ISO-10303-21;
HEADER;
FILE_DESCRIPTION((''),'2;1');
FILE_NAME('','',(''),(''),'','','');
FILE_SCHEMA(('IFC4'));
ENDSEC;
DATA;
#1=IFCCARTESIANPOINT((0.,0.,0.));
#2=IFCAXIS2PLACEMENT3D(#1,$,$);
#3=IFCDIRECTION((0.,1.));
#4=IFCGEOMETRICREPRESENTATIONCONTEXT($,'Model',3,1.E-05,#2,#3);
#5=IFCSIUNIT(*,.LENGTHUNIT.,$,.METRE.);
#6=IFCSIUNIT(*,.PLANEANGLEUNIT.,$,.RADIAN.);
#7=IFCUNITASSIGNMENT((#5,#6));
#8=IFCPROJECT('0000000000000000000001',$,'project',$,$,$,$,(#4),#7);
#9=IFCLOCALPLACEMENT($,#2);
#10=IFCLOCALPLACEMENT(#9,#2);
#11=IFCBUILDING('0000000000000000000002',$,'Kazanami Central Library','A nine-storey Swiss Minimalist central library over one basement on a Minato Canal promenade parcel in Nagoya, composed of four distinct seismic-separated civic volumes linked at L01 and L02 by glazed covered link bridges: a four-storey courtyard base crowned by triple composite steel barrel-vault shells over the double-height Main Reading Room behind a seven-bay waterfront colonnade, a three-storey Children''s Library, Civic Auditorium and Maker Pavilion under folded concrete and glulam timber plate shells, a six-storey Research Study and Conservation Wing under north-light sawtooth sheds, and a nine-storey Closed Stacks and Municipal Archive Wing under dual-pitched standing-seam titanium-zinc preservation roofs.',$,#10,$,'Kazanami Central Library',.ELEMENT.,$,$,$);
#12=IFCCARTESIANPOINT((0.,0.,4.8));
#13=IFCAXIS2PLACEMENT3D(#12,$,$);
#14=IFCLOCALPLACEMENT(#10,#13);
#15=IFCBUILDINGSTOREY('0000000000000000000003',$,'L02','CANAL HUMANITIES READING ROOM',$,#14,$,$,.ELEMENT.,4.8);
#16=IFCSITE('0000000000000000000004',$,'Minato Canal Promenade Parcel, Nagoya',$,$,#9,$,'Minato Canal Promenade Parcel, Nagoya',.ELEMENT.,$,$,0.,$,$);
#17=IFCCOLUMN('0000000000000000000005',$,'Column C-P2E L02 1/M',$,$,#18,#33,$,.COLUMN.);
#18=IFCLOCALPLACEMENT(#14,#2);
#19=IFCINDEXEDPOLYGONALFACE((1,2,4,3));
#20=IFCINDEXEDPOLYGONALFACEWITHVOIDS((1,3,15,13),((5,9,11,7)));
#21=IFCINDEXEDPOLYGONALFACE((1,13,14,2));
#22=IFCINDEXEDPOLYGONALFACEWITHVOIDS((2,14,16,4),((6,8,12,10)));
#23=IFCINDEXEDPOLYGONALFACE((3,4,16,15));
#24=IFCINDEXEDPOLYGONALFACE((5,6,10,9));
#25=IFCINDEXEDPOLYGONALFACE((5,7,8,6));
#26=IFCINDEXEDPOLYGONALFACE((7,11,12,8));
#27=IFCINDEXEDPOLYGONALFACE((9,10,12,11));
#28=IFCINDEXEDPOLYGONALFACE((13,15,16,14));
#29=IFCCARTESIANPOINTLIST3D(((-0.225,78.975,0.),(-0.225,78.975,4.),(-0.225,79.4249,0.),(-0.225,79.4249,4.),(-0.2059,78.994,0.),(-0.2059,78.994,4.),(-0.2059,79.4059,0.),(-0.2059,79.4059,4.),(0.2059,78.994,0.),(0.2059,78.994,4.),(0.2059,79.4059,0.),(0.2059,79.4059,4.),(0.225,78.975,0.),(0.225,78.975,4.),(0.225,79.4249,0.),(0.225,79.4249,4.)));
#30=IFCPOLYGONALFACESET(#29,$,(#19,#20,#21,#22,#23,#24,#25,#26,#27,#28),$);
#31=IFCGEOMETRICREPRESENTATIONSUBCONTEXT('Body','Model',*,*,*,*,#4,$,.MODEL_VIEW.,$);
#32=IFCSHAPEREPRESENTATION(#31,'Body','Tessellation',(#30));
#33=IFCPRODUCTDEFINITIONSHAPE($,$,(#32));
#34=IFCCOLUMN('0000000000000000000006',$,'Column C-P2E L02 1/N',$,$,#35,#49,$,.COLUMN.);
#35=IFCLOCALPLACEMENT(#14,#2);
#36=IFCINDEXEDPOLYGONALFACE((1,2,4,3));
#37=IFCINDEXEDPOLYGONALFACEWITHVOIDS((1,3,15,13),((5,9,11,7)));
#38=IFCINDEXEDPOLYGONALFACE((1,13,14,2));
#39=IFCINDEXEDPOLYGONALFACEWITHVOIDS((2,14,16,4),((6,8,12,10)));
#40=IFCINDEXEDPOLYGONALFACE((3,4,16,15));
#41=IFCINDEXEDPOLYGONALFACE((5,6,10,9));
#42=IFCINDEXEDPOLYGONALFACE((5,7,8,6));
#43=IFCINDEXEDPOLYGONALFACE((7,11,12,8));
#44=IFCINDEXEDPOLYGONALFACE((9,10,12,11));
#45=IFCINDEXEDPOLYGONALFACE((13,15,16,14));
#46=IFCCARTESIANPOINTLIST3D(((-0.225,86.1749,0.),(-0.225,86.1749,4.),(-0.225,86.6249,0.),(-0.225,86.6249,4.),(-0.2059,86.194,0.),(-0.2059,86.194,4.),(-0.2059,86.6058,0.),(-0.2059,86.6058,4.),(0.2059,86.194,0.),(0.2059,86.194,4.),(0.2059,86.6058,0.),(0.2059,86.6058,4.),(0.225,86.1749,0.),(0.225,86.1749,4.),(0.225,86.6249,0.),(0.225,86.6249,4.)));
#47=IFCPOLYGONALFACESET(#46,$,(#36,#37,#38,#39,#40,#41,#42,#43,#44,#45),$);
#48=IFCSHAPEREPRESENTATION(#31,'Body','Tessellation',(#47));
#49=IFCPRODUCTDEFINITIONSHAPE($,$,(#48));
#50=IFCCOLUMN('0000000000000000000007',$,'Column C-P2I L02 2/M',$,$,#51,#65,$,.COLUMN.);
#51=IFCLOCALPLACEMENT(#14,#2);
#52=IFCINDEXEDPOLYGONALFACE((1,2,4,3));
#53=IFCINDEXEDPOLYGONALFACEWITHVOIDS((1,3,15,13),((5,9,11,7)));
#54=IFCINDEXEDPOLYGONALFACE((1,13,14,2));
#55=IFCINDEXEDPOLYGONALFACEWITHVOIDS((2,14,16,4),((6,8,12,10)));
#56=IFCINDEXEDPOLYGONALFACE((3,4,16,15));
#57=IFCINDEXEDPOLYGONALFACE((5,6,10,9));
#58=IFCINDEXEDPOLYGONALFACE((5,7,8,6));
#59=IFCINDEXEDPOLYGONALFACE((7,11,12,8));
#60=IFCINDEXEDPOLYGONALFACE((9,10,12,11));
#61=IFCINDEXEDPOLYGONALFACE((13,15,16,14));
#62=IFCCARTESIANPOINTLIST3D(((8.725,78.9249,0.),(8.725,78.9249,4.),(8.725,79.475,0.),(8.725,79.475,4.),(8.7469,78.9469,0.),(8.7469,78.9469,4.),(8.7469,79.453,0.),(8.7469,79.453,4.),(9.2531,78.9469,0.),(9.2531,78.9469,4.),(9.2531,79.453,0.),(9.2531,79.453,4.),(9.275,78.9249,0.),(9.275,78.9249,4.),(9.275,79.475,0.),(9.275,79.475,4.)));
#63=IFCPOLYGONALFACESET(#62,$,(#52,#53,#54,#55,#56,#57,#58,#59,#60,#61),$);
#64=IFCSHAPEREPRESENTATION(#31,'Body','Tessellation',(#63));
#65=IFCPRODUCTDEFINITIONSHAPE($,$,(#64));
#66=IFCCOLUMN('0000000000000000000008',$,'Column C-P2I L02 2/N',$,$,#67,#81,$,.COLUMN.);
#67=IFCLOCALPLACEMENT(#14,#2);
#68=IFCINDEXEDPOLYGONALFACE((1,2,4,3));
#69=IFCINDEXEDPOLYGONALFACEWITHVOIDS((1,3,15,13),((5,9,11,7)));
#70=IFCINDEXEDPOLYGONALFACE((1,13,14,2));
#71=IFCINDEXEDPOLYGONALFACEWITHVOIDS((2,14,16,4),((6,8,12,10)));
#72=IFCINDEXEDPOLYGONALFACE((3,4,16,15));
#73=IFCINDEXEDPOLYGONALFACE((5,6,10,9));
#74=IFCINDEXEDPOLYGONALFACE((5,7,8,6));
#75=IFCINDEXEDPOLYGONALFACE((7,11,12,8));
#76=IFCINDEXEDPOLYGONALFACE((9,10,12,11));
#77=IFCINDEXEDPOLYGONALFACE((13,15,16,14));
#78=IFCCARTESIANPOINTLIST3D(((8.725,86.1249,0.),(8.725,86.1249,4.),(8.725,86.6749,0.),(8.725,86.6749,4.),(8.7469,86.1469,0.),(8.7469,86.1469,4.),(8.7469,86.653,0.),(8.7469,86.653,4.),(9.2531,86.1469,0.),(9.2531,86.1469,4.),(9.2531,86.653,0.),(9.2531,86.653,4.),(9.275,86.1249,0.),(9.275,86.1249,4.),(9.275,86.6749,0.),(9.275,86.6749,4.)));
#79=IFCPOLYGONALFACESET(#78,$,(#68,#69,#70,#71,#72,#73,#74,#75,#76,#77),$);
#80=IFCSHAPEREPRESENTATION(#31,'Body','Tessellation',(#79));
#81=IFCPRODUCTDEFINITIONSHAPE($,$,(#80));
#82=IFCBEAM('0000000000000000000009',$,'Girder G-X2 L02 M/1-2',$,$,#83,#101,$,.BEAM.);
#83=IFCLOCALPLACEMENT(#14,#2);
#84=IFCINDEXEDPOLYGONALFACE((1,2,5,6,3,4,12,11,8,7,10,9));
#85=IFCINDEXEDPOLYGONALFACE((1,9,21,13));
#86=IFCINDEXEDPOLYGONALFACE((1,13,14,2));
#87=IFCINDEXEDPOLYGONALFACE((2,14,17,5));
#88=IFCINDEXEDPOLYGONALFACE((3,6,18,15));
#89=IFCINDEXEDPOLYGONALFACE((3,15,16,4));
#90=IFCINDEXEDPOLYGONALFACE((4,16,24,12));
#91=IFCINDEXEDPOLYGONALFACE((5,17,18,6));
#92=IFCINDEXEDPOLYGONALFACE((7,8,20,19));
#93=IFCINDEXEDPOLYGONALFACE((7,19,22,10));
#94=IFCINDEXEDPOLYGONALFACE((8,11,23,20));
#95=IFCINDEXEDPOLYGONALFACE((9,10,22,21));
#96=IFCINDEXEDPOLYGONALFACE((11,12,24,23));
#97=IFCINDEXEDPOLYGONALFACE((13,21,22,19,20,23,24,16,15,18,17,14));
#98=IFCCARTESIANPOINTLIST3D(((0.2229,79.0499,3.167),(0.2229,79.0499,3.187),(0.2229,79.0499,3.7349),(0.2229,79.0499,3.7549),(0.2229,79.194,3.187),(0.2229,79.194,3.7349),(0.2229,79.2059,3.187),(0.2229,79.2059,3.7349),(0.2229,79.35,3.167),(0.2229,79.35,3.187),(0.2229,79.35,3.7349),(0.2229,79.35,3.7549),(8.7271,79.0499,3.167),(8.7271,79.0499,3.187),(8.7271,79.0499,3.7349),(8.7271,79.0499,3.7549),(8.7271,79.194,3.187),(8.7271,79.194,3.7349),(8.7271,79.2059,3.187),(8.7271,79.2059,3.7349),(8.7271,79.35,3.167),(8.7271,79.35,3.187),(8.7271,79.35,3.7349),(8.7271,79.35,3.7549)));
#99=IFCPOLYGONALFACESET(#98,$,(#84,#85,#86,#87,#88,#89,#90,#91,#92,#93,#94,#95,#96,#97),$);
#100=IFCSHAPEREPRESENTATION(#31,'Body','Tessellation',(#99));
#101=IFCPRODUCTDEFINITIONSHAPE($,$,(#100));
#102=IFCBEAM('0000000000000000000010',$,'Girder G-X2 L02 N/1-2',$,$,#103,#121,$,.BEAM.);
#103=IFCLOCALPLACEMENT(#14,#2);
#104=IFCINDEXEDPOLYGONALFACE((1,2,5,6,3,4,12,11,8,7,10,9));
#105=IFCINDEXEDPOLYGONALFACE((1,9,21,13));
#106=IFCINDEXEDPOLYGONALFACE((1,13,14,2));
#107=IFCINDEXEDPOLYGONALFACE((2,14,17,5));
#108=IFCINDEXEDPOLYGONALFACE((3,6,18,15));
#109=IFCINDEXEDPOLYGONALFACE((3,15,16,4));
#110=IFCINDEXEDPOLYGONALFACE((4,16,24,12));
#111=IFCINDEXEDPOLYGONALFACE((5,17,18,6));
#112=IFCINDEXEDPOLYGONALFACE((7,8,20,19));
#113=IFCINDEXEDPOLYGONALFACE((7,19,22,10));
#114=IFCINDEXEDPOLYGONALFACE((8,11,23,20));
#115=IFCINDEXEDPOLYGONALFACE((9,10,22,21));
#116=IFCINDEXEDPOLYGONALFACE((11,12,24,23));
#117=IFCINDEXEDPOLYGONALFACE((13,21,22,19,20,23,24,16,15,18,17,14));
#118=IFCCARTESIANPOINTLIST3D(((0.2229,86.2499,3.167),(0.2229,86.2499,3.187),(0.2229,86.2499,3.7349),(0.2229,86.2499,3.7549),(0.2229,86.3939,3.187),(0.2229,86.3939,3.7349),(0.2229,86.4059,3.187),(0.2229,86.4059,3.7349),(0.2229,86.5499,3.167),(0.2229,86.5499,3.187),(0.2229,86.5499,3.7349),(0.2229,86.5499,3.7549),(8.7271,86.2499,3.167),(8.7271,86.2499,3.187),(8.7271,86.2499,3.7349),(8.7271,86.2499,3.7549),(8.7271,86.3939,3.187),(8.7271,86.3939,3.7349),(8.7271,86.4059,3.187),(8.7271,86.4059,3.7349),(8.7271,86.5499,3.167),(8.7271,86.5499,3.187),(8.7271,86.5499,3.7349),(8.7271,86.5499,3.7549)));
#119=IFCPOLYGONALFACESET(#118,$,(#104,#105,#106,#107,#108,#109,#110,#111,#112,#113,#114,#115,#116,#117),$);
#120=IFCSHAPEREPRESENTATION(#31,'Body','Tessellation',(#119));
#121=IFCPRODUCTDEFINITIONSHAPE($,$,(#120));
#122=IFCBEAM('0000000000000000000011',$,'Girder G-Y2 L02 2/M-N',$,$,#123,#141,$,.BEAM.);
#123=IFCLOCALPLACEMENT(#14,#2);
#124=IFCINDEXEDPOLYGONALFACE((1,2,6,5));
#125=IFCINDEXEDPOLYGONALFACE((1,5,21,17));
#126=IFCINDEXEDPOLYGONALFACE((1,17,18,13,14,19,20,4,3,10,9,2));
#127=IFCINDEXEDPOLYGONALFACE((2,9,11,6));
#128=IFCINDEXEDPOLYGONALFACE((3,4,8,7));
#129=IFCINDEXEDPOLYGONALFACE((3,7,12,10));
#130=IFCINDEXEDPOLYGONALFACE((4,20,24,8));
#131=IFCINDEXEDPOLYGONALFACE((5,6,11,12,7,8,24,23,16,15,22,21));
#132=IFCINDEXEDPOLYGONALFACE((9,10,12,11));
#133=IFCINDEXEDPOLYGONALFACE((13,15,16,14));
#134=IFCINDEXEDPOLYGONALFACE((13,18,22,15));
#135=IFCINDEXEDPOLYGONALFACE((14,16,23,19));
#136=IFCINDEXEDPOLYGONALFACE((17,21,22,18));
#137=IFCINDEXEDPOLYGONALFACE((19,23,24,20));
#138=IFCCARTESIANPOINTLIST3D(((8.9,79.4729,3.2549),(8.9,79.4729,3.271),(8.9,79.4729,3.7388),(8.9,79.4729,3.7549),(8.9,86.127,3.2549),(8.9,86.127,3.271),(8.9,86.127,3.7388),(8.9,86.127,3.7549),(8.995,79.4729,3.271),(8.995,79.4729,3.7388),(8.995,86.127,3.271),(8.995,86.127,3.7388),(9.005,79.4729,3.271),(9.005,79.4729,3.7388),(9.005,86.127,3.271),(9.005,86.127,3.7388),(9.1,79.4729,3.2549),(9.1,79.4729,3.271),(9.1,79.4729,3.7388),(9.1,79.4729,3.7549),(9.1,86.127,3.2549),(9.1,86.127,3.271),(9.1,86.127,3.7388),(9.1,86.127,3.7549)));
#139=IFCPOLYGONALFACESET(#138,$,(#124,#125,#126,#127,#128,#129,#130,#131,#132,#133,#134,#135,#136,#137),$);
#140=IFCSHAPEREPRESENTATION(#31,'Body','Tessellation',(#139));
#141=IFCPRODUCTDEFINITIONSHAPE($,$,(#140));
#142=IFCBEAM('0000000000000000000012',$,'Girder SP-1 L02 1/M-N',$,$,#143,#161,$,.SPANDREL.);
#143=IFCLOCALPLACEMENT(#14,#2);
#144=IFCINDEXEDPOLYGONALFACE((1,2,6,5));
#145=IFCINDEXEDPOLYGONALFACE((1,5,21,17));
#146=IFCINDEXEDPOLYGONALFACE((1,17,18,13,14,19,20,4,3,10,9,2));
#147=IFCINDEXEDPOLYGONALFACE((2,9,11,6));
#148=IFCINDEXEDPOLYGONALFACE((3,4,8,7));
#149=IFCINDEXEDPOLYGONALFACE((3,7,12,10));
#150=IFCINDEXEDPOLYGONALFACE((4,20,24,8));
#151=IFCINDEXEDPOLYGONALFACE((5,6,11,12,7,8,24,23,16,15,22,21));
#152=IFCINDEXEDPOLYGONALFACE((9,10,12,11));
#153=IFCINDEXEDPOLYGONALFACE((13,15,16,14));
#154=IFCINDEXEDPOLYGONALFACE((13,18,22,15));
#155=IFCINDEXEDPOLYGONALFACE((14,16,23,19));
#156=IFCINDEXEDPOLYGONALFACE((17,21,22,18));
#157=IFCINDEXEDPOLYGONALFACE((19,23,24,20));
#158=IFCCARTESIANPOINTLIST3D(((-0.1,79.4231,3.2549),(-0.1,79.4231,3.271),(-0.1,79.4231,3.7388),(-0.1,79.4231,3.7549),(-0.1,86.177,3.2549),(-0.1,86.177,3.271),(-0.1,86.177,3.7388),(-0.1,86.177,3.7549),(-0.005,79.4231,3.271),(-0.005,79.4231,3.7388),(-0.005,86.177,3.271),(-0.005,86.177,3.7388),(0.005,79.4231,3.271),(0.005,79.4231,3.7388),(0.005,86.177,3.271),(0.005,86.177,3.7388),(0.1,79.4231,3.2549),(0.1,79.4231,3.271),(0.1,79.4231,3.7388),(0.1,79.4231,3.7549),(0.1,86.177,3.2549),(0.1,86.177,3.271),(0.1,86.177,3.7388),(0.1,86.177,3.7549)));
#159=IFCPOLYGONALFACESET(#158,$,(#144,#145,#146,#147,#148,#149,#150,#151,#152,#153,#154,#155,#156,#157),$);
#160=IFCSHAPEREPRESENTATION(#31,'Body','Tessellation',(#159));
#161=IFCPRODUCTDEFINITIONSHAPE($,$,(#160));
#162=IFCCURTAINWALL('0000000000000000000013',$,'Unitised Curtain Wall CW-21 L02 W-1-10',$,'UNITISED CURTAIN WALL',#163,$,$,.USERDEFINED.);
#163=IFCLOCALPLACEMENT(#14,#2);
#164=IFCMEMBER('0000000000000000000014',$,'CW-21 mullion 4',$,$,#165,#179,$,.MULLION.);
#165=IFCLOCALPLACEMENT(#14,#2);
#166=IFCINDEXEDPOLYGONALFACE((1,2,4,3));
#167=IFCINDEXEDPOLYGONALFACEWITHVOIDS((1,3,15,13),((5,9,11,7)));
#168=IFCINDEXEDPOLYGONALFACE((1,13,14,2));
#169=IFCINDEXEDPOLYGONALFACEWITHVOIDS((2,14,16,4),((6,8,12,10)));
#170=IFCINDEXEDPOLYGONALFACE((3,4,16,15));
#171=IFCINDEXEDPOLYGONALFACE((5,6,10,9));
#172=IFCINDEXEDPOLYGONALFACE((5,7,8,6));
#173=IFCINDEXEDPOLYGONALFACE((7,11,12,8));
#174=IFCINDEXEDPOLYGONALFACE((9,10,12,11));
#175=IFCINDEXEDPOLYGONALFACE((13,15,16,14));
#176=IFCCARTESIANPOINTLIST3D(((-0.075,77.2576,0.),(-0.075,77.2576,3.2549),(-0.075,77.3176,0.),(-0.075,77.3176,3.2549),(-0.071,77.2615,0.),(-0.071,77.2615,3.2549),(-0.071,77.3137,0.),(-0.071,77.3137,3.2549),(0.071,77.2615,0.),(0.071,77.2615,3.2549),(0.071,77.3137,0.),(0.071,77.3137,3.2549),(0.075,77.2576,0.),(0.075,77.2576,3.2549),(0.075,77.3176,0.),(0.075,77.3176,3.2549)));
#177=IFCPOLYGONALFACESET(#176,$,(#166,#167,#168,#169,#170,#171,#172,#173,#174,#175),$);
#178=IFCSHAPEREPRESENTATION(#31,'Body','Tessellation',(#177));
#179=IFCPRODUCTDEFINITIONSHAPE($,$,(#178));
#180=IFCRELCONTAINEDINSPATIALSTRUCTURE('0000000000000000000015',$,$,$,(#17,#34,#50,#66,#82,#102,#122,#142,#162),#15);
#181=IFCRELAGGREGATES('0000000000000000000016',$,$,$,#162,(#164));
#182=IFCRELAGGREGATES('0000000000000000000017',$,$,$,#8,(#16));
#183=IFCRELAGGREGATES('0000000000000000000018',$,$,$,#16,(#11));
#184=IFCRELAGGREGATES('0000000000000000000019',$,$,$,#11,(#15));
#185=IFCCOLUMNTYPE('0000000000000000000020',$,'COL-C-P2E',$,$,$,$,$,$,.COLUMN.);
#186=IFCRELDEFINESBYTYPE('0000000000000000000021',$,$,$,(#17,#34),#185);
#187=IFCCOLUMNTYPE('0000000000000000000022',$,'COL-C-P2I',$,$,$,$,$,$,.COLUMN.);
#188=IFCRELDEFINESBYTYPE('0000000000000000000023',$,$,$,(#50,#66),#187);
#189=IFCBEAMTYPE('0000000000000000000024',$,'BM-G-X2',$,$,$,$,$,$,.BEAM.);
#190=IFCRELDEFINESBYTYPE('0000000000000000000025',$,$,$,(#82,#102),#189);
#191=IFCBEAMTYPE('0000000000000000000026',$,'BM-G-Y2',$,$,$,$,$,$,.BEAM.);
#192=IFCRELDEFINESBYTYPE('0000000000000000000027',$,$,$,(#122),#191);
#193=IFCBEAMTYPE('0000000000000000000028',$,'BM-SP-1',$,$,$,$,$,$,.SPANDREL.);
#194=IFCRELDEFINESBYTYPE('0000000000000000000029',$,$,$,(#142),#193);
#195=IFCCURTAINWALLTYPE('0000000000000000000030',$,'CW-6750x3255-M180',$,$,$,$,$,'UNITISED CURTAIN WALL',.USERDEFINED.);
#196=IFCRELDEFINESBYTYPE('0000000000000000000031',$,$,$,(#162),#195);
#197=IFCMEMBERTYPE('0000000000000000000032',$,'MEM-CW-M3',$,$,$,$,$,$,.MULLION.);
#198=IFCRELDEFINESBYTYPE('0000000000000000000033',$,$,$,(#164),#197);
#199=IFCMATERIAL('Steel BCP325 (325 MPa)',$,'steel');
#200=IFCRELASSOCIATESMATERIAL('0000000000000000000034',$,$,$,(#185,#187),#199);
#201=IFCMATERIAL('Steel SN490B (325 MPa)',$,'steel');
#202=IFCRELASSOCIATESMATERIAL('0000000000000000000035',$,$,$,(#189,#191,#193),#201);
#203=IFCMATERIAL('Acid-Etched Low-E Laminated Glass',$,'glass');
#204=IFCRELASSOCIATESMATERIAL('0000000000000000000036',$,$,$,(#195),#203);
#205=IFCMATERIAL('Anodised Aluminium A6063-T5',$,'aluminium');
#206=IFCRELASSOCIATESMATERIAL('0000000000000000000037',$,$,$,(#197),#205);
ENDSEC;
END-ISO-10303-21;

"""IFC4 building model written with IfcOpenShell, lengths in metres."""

from ifc_helpers import new_model, si_unit, direction, frame, origin, origin_2d, place, context, subcontext, project, spatial, hollow_rectangle, i_section, extrude, material, material_profile, profile_set, type_object, element, aggregate, save


model = new_model("IFC4")

# Units and contexts
model_context = context("Model", 3, precision=1e-05, world=origin(), true_north=direction((0.0, 1.0)))
body_context = subcontext(model_context, "Body", "Model", "MODEL_VIEW")
ifc_project = project(units=[si_unit("LENGTHUNIT", "METRE"), si_unit("PLANEANGLEUNIT", "RADIAN")], contexts=[model_context])

# Site, building, storey
site_placement = place(None, origin())
site = spatial("IfcSite", under=ifc_project, at=site_placement, Name="Minato Canal Promenade Parcel, Nagoya", LongName="Minato Canal Promenade Parcel, Nagoya", CompositionType="ELEMENT", RefElevation=0.0)
building_placement = place(site_placement, origin())
building = spatial("IfcBuilding", under=site, at=building_placement, Name="Kazanami Central Library", Description="A nine-storey Swiss Minimalist central library over one basement on a Minato Canal promenade parcel in Nagoya, composed of four distinct seismic-separated civic volumes linked at L01 and L02 by glazed covered link bridges: a four-storey courtyard base crowned by triple composite steel barrel-vault shells over the double-height Main Reading Room behind a seven-bay waterfront colonnade, a three-storey Children's Library, Civic Auditorium and Maker Pavilion under folded concrete and glulam timber plate shells, a six-storey Research Study and Conservation Wing under north-light sawtooth sheds, and a nine-storey Closed Stacks and Municipal Archive Wing under dual-pitched standing-seam titanium-zinc preservation roofs.", LongName="Kazanami Central Library", CompositionType="ELEMENT")
storey_placement = place(building_placement, frame((0.0, 0.0, 4.8)))
storey = spatial("IfcBuildingStorey", under=building, at=storey_placement, Name="L02", Description="CANAL HUMANITIES READING ROOM", CompositionType="ELEMENT", Elevation=4.8)

# Columns
ifc_material_1 = material(Name="Steel BCP325 (325 MPa)", Category="steel")
ifc_material_profile_1 = material_profile(ifc_material_1, hollow_rectangle(XDim=0.45, YDim=0.45, WallThickness=0.019, at=origin_2d()), Name="BCP-450x450x19")
ifc_profile_set_1 = profile_set([ifc_material_profile_1], Name="Steel BCP325 (325 MPa)")
column_type_1 = type_object("IfcColumnType", Name="COL-C-P2E", PredefinedType="COLUMN", material=ifc_profile_set_1)
for number, where, z_axis, x_axis, name in (
    (1, (0.0, 79.2, 0.0), (0.0, 0.0, 1.0), (1.0, 0.0, 0.0), "Column C-P2E L02 1/M"),
    (2, (0.0, 86.3999, 0.0), (0.0, 0.0, 1.0), (1.0, 0.0, 0.0), "Column C-P2E L02 1/N"),
):
    element("IfcColumn", number, at=place(storey_placement, frame(where, z_axis=z_axis, x_axis=x_axis)), inside=storey, type_object=column_type_1, Name=name, PredefinedType="COLUMN", context=body_context, shape_type="SweptSolid", body=[
        extrude(hollow_rectangle(XDim=0.45, YDim=0.45, WallThickness=0.019, at=origin_2d()), origin(), (0.0, 0.0, 1.0), 4.0),
    ])
ifc_material_profile_2 = material_profile(ifc_material_1, hollow_rectangle(XDim=0.55, YDim=0.55, WallThickness=0.022, at=origin_2d()), Name="BCP-550x550x22")
ifc_profile_set_2 = profile_set([ifc_material_profile_2], Name="Steel BCP325 (325 MPa)")
column_type_2 = type_object("IfcColumnType", Name="COL-C-P2I", PredefinedType="COLUMN", material=ifc_profile_set_2)
for number, where, z_axis, x_axis, name in (
    (3, (9.0, 79.2, 0.0), (0.0, 0.0, 1.0), (1.0, 0.0, 0.0), "Column C-P2I L02 2/M"),
    (4, (9.0, 86.3999, 0.0), (0.0, 0.0, 1.0), (1.0, 0.0, 0.0), "Column C-P2I L02 2/N"),
):
    element("IfcColumn", number, at=place(storey_placement, frame(where, z_axis=z_axis, x_axis=x_axis)), inside=storey, type_object=column_type_2, Name=name, PredefinedType="COLUMN", context=body_context, shape_type="SweptSolid", body=[
        extrude(hollow_rectangle(XDim=0.55, YDim=0.55, WallThickness=0.022, at=origin_2d()), origin(), (0.0, 0.0, 1.0), 4.0),
    ])

# Beams
ifc_material_2 = material(Name="Steel SN490B (325 MPa)", Category="steel")
ifc_material_profile_3 = material_profile(ifc_material_2, i_section(OverallWidth=0.3, OverallDepth=0.5879, WebThickness=0.012, FlangeThickness=0.02, at=origin_2d()), Name="H-588x300x12x20")
ifc_profile_set_3 = profile_set([ifc_material_profile_3], Name="Steel SN490B (325 MPa)")
beam_type_1 = type_object("IfcBeamType", Name="BM-G-X2", PredefinedType="BEAM", material=ifc_profile_set_3)
for number, where, z_axis, x_axis, name in (
    (5, (0.2229, 79.2, 3.4609), (1.0, 0.0, 0.0), (0.0, 1.0, 0.0), "Girder G-X2 L02 M/1-2"),
    (6, (0.2229, 86.3999, 3.4609), (1.0, 0.0, 0.0), (0.0, 1.0, 0.0), "Girder G-X2 L02 N/1-2"),
):
    element("IfcBeam", number, at=place(storey_placement, frame(where, z_axis=z_axis, x_axis=x_axis)), inside=storey, type_object=beam_type_1, Name=name, PredefinedType="BEAM", context=body_context, shape_type="SweptSolid", body=[
        extrude(i_section(OverallWidth=0.3, OverallDepth=0.5879, WebThickness=0.012, FlangeThickness=0.02, at=origin_2d()), origin(), (0.0, 0.0, 1.0), 8.5042),
    ])
ifc_material_profile_4 = material_profile(ifc_material_2, i_section(OverallWidth=0.2, OverallDepth=0.5, WebThickness=0.01, FlangeThickness=0.0161, at=origin_2d()), Name="H-500x200x10x16")
ifc_profile_set_4 = profile_set([ifc_material_profile_4], Name="Steel SN490B (325 MPa)")
beam_type_2 = type_object("IfcBeamType", Name="BM-G-Y2", PredefinedType="BEAM", material=ifc_profile_set_4)
beam_1_placement = place(storey_placement, frame((9.0, 79.4729, 3.5049), z_axis=(0.0, 1.0, 0.0), x_axis=(-1.0, 0.0, 0.0)))
element("IfcBeam", 7, at=beam_1_placement, inside=storey, type_object=beam_type_2, Name="Girder G-Y2 L02 2/M-N", PredefinedType="BEAM", context=body_context, shape_type="SweptSolid", body=[
    extrude(i_section(OverallWidth=0.2, OverallDepth=0.5, WebThickness=0.01, FlangeThickness=0.0161, at=origin_2d()), origin(), (0.0, 0.0, 1.0), 6.6541),
])
ifc_material_profile_5 = material_profile(ifc_material_2, i_section(OverallWidth=0.2, OverallDepth=0.5, WebThickness=0.01, FlangeThickness=0.0161, at=origin_2d()), Name="H-500x200x10x16")
ifc_profile_set_5 = profile_set([ifc_material_profile_5], Name="Steel SN490B (325 MPa)")
beam_type_3 = type_object("IfcBeamType", Name="BM-SP-1", PredefinedType="SPANDREL", material=ifc_profile_set_5)
beam_2_placement = place(storey_placement, frame((0.0, 79.4231, 3.5049), z_axis=(0.0, 1.0, 0.0), x_axis=(-1.0, 0.0, 0.0)))
element("IfcBeam", 8, at=beam_2_placement, inside=storey, type_object=beam_type_3, Name="Girder SP-1 L02 1/M-N", PredefinedType="SPANDREL", context=body_context, shape_type="SweptSolid", body=[
    extrude(i_section(OverallWidth=0.2, OverallDepth=0.5, WebThickness=0.01, FlangeThickness=0.0161, at=origin_2d()), origin(), (0.0, 0.0, 1.0), 6.7539),
])

# Curtain wall, member
ifc_material_3 = material(Name="Acid-Etched Low-E Laminated Glass", Category="glass")
curtain_wall_type = type_object("IfcCurtainWallType", Name="CW-6750x3255-M180", ElementType="UNITISED CURTAIN WALL", PredefinedType="USERDEFINED", material=ifc_material_3)
curtain_wall_placement = place(storey_placement, origin())
curtain_wall = element("IfcCurtainWall", 9, at=curtain_wall_placement, inside=storey, type_object=curtain_wall_type, Name="Unitised Curtain Wall CW-21 L02 W-1-10", ObjectType="UNITISED CURTAIN WALL", PredefinedType="USERDEFINED")
ifc_material_4 = material(Name="Anodised Aluminium A6063-T5", Category="aluminium")
ifc_material_profile_6 = material_profile(ifc_material_4, hollow_rectangle(XDim=0.0601, YDim=0.1499, WallThickness=0.0039, at=origin_2d()), Name="ALU-MULL-60x150x4")
ifc_profile_set_6 = profile_set([ifc_material_profile_6], Name="Anodised Aluminium A6063-T5")
member_type_1 = type_object("IfcMemberType", Name="MEM-CW-M3", PredefinedType="MULLION", material=ifc_profile_set_6)
member_1_placement = place(storey_placement, frame((0.0, 77.2876, 0.0), z_axis=(0.0, 0.0, 1.0), x_axis=(0.0, 1.0, 0.0)))
member_1 = element("IfcMember", 10, at=member_1_placement, type_object=member_type_1, Name="CW-21 mullion 4", PredefinedType="MULLION", context=body_context, shape_type="SweptSolid", body=[
    extrude(hollow_rectangle(XDim=0.0601, YDim=0.1499, WallThickness=0.0039, at=origin_2d()), origin(), (0.0, 0.0, 1.0), 3.2549),
])
aggregate(curtain_wall, [member_1])

save(model, "model.ifc")
